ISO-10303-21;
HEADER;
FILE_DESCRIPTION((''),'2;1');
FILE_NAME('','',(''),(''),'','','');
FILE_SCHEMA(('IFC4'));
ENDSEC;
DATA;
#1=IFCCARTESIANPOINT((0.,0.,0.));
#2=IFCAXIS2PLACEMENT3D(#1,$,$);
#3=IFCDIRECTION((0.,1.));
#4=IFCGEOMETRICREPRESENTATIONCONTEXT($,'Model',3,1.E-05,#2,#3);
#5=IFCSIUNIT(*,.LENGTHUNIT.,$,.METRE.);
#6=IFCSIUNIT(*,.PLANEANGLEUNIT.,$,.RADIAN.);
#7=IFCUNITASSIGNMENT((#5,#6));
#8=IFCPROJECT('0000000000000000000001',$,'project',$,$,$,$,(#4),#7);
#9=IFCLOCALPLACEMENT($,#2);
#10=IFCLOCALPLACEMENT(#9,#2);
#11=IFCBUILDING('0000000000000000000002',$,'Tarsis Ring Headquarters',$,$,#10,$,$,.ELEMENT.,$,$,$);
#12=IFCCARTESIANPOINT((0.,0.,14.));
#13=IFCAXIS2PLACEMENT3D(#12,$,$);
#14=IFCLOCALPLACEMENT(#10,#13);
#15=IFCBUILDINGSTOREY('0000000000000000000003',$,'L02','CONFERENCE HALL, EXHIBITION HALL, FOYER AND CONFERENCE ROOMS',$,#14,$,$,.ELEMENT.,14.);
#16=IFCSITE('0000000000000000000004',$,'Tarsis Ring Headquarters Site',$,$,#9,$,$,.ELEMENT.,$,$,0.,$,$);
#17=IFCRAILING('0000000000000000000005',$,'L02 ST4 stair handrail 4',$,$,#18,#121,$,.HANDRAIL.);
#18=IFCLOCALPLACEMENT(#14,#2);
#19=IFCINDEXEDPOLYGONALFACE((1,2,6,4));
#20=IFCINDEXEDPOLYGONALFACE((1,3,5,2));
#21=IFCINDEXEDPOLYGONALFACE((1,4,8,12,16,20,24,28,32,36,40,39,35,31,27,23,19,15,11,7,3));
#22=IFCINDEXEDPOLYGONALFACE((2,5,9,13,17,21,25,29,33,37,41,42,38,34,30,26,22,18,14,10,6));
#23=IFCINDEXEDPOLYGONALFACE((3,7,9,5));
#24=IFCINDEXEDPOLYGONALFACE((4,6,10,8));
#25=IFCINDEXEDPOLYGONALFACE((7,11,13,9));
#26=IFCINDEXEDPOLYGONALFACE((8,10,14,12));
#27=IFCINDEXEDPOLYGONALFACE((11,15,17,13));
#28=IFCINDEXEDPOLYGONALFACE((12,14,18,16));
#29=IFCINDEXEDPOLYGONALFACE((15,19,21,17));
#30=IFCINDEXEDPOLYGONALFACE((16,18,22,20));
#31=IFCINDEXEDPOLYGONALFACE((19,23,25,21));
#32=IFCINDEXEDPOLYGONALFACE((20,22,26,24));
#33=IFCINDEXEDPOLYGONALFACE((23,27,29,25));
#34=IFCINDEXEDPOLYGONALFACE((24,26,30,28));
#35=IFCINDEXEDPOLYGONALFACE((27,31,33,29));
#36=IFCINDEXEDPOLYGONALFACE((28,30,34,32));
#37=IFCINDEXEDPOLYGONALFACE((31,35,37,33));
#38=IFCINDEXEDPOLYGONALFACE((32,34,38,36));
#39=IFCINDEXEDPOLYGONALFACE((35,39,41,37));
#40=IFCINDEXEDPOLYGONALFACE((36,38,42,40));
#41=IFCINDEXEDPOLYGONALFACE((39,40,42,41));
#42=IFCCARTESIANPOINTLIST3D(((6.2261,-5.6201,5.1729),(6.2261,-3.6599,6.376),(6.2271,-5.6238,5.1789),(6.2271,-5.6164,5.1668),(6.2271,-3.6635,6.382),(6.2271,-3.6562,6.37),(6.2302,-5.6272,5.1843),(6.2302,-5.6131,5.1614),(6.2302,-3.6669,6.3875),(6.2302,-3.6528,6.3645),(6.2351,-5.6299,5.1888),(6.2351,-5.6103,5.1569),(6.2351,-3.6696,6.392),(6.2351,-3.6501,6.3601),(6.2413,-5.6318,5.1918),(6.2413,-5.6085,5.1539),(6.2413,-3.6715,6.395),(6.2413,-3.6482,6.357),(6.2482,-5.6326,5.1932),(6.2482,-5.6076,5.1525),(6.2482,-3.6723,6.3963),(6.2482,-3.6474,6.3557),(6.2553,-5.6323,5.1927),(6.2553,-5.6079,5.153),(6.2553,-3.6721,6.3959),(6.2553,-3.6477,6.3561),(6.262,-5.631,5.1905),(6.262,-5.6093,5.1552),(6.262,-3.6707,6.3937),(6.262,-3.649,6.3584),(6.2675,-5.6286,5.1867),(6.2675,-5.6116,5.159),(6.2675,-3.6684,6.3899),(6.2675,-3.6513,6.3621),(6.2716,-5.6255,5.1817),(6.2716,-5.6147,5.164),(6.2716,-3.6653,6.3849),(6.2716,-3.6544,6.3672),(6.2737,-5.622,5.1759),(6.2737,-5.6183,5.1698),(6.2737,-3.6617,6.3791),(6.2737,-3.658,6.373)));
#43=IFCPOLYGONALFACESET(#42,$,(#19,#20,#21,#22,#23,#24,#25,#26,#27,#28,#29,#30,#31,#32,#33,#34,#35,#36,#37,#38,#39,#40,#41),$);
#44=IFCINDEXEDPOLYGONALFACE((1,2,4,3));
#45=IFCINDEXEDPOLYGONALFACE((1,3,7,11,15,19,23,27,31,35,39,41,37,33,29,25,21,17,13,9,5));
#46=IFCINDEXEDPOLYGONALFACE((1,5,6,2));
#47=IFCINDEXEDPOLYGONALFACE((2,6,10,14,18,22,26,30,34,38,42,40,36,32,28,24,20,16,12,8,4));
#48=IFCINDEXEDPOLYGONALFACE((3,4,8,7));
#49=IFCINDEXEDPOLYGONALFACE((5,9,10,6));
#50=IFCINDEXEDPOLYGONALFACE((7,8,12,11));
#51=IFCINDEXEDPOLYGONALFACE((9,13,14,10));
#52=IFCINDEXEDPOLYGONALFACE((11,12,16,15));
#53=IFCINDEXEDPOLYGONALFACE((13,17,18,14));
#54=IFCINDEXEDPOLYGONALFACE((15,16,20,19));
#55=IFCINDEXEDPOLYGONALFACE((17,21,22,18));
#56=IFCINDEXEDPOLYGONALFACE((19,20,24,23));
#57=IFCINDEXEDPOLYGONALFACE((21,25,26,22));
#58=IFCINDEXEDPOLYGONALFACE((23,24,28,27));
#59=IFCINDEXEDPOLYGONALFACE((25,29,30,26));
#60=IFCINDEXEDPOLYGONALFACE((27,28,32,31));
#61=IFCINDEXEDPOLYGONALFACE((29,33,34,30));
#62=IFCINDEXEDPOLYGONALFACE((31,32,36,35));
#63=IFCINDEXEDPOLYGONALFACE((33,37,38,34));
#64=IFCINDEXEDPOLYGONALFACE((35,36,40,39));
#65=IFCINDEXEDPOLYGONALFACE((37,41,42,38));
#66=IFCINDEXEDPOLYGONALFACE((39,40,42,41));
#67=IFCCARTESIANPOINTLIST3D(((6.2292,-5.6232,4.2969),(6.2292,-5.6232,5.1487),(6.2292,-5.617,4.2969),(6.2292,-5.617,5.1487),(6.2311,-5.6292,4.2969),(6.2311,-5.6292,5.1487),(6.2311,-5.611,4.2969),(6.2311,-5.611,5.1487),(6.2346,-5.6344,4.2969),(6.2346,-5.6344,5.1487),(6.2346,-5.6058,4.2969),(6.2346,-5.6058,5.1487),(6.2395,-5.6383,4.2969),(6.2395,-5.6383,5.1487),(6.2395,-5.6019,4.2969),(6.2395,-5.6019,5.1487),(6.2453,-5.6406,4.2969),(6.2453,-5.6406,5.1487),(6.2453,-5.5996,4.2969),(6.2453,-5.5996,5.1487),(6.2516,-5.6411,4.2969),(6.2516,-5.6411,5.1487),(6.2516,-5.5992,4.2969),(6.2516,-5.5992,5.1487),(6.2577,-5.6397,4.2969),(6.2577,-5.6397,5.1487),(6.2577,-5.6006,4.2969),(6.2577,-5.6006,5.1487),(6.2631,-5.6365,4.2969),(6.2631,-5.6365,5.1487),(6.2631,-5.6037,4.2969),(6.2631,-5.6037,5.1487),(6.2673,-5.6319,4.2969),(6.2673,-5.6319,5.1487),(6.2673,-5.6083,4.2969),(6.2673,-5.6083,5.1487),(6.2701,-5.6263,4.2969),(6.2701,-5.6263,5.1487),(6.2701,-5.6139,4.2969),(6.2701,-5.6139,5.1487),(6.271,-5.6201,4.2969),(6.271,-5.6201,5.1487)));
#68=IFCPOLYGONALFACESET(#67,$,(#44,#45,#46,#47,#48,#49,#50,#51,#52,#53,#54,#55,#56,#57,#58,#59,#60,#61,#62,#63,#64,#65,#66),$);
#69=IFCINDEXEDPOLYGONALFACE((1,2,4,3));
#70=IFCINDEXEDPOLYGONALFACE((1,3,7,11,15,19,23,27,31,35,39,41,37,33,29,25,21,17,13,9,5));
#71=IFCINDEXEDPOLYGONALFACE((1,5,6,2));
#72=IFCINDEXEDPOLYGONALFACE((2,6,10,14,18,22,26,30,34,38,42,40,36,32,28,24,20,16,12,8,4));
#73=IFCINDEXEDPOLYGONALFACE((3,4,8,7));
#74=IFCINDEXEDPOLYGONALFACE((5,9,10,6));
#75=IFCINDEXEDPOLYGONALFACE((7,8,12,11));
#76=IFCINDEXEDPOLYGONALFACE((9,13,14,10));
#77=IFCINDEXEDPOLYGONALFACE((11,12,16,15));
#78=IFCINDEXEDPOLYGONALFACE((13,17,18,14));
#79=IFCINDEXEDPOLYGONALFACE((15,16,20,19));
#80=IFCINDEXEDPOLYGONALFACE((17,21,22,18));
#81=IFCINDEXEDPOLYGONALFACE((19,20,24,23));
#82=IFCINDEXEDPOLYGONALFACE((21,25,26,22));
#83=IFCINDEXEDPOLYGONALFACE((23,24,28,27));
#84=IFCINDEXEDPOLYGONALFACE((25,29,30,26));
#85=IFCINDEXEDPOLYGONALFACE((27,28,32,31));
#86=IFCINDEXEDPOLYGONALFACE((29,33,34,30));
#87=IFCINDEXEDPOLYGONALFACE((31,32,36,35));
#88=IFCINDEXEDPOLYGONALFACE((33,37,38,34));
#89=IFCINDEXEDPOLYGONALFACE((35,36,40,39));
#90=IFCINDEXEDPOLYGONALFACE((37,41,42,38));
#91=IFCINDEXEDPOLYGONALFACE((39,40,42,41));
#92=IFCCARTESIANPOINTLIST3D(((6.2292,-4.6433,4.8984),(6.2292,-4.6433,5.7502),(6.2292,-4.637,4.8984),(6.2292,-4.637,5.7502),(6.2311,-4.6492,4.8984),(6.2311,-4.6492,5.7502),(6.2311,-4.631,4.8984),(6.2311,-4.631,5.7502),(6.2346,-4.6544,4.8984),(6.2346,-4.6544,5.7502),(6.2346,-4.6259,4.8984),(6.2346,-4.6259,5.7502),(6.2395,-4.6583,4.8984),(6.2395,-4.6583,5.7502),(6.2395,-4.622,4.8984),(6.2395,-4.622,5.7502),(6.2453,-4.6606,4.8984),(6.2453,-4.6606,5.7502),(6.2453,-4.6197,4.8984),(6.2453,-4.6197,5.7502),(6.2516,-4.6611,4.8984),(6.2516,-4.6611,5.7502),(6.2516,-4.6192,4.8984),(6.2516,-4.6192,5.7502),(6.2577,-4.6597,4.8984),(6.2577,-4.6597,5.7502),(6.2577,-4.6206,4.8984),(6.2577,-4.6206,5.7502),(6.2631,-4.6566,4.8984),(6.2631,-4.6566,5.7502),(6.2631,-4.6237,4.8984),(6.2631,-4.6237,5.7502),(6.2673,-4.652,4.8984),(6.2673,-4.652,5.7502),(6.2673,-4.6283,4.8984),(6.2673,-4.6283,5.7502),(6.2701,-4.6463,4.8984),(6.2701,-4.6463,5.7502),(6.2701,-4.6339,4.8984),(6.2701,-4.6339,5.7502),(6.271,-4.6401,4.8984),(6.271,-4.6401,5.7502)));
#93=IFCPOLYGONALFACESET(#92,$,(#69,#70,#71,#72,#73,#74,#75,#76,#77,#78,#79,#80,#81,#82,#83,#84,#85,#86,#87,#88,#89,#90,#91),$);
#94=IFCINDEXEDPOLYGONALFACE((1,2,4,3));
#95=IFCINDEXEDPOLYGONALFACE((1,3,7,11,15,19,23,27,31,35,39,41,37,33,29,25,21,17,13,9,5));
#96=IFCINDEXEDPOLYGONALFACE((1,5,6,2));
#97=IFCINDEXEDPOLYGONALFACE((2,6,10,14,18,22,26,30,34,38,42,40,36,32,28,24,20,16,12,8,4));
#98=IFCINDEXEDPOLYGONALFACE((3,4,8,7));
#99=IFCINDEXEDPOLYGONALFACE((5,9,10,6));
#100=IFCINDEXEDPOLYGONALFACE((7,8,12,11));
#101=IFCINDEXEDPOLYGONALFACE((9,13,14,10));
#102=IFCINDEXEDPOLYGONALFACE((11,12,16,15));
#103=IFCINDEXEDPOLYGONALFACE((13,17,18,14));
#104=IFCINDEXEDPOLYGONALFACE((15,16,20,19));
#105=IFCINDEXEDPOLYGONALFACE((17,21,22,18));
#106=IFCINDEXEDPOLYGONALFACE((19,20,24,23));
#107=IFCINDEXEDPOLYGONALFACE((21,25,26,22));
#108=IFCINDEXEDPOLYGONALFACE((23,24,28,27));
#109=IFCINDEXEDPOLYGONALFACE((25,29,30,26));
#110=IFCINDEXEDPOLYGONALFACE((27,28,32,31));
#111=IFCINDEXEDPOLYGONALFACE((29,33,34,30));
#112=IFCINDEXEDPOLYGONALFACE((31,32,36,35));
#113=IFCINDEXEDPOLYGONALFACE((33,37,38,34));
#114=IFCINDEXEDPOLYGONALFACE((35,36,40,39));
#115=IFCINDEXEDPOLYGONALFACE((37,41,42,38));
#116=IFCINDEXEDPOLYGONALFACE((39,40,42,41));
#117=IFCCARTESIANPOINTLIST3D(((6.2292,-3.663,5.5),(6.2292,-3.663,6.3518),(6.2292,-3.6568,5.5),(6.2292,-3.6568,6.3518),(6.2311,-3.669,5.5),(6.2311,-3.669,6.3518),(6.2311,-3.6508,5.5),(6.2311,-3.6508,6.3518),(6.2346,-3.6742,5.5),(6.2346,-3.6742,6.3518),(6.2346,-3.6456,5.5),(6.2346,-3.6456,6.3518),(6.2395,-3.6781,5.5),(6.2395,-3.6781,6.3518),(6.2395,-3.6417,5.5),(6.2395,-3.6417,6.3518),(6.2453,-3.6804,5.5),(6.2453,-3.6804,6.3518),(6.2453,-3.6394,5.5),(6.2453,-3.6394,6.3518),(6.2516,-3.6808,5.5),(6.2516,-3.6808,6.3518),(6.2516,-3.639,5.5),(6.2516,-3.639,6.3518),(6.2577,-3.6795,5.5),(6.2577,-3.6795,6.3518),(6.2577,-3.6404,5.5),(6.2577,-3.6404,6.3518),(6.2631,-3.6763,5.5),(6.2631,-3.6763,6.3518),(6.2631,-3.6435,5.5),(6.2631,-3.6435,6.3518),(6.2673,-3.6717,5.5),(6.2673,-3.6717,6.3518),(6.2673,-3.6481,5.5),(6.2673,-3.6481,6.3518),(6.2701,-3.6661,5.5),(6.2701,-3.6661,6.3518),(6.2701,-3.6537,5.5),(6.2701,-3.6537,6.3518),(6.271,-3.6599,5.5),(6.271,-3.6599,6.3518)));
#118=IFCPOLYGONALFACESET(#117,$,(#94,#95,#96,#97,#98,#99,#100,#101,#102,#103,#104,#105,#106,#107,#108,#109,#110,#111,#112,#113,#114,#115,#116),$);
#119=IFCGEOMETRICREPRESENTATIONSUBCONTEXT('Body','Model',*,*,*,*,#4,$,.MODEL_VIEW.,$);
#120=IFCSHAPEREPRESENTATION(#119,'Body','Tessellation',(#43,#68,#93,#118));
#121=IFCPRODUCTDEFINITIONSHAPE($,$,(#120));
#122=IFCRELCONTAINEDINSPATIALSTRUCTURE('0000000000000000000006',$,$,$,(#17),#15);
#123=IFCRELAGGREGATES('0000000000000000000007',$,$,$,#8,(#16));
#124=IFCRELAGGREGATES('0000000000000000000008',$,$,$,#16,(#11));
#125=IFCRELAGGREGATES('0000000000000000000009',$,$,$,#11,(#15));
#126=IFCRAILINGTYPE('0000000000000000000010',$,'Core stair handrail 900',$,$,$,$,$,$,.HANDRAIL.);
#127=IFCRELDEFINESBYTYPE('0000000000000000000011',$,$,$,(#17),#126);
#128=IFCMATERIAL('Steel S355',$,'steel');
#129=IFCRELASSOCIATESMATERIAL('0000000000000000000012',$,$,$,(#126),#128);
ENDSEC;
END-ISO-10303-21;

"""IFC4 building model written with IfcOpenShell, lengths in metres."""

from ifc_helpers import new_model, si_unit, direction, frame, origin, origin_2d, place, context, subcontext, project, spatial, circle, extrude, material, type_object, element, save


model = new_model("IFC4")

# Units and contexts
model_context = context("Model", 3, precision=1e-05, world=origin(), true_north=direction((0.0, 1.0)))
body_context = subcontext(model_context, "Body", "Model", "MODEL_VIEW")
ifc_project = project(units=[si_unit("LENGTHUNIT", "METRE"), si_unit("PLANEANGLEUNIT", "RADIAN")], contexts=[model_context])

# Site, building, storey
site_placement = place(None, origin())
site = spatial("IfcSite", under=ifc_project, at=site_placement, Name="Tarsis Ring Headquarters Site", CompositionType="ELEMENT", RefElevation=0.0)
building_placement = place(site_placement, origin())
building = spatial("IfcBuilding", under=site, at=building_placement, Name="Tarsis Ring Headquarters", CompositionType="ELEMENT")
storey_placement = place(building_placement, frame((0.0, 0.0, 14.0)))
storey = spatial("IfcBuildingStorey", under=building, at=storey_placement, Name="L02", Description="CONFERENCE HALL, EXHIBITION HALL, FOYER AND CONFERENCE ROOMS", CompositionType="ELEMENT", Elevation=14.0)

# Railing
ifc_material_1 = material(Name="Steel S355", Category="steel")
railing_type_1 = type_object("IfcRailingType", Name="Core stair handrail 900", PredefinedType="HANDRAIL", material=ifc_material_1)
railing_1_placement = place(storey_placement, frame((6.25, -5.6201, 4.2969)))
element("IfcRailing", 1, at=railing_1_placement, inside=storey, type_object=railing_type_1, Name="L02 ST4 stair handrail 4", PredefinedType="HANDRAIL", context=body_context, shape_type="SweptSolid", body=[
    extrude(circle(Radius=0.0239, at=origin_2d()), frame((0.0, 0.0, 0.876), z_axis=(0.0, 0.85227, 0.523102), x_axis=(-1.0, 0.0, 0.0)), (0.0, 0.0, 1.0), 2.3),
    extrude(circle(Radius=0.021, at=origin_2d()), origin(), (0.0, 0.0, 1.0), 0.8518),
    extrude(circle(Radius=0.021, at=origin_2d()), frame((0.0, 0.98, 0.6016)), (0.0, 0.0, 1.0), 0.8518),
    extrude(circle(Radius=0.021, at=origin_2d()), frame((0.0, 1.9602, 1.2031)), (0.0, 0.0, 1.0), 0.8518),
])

save(model, "model.ifc")
